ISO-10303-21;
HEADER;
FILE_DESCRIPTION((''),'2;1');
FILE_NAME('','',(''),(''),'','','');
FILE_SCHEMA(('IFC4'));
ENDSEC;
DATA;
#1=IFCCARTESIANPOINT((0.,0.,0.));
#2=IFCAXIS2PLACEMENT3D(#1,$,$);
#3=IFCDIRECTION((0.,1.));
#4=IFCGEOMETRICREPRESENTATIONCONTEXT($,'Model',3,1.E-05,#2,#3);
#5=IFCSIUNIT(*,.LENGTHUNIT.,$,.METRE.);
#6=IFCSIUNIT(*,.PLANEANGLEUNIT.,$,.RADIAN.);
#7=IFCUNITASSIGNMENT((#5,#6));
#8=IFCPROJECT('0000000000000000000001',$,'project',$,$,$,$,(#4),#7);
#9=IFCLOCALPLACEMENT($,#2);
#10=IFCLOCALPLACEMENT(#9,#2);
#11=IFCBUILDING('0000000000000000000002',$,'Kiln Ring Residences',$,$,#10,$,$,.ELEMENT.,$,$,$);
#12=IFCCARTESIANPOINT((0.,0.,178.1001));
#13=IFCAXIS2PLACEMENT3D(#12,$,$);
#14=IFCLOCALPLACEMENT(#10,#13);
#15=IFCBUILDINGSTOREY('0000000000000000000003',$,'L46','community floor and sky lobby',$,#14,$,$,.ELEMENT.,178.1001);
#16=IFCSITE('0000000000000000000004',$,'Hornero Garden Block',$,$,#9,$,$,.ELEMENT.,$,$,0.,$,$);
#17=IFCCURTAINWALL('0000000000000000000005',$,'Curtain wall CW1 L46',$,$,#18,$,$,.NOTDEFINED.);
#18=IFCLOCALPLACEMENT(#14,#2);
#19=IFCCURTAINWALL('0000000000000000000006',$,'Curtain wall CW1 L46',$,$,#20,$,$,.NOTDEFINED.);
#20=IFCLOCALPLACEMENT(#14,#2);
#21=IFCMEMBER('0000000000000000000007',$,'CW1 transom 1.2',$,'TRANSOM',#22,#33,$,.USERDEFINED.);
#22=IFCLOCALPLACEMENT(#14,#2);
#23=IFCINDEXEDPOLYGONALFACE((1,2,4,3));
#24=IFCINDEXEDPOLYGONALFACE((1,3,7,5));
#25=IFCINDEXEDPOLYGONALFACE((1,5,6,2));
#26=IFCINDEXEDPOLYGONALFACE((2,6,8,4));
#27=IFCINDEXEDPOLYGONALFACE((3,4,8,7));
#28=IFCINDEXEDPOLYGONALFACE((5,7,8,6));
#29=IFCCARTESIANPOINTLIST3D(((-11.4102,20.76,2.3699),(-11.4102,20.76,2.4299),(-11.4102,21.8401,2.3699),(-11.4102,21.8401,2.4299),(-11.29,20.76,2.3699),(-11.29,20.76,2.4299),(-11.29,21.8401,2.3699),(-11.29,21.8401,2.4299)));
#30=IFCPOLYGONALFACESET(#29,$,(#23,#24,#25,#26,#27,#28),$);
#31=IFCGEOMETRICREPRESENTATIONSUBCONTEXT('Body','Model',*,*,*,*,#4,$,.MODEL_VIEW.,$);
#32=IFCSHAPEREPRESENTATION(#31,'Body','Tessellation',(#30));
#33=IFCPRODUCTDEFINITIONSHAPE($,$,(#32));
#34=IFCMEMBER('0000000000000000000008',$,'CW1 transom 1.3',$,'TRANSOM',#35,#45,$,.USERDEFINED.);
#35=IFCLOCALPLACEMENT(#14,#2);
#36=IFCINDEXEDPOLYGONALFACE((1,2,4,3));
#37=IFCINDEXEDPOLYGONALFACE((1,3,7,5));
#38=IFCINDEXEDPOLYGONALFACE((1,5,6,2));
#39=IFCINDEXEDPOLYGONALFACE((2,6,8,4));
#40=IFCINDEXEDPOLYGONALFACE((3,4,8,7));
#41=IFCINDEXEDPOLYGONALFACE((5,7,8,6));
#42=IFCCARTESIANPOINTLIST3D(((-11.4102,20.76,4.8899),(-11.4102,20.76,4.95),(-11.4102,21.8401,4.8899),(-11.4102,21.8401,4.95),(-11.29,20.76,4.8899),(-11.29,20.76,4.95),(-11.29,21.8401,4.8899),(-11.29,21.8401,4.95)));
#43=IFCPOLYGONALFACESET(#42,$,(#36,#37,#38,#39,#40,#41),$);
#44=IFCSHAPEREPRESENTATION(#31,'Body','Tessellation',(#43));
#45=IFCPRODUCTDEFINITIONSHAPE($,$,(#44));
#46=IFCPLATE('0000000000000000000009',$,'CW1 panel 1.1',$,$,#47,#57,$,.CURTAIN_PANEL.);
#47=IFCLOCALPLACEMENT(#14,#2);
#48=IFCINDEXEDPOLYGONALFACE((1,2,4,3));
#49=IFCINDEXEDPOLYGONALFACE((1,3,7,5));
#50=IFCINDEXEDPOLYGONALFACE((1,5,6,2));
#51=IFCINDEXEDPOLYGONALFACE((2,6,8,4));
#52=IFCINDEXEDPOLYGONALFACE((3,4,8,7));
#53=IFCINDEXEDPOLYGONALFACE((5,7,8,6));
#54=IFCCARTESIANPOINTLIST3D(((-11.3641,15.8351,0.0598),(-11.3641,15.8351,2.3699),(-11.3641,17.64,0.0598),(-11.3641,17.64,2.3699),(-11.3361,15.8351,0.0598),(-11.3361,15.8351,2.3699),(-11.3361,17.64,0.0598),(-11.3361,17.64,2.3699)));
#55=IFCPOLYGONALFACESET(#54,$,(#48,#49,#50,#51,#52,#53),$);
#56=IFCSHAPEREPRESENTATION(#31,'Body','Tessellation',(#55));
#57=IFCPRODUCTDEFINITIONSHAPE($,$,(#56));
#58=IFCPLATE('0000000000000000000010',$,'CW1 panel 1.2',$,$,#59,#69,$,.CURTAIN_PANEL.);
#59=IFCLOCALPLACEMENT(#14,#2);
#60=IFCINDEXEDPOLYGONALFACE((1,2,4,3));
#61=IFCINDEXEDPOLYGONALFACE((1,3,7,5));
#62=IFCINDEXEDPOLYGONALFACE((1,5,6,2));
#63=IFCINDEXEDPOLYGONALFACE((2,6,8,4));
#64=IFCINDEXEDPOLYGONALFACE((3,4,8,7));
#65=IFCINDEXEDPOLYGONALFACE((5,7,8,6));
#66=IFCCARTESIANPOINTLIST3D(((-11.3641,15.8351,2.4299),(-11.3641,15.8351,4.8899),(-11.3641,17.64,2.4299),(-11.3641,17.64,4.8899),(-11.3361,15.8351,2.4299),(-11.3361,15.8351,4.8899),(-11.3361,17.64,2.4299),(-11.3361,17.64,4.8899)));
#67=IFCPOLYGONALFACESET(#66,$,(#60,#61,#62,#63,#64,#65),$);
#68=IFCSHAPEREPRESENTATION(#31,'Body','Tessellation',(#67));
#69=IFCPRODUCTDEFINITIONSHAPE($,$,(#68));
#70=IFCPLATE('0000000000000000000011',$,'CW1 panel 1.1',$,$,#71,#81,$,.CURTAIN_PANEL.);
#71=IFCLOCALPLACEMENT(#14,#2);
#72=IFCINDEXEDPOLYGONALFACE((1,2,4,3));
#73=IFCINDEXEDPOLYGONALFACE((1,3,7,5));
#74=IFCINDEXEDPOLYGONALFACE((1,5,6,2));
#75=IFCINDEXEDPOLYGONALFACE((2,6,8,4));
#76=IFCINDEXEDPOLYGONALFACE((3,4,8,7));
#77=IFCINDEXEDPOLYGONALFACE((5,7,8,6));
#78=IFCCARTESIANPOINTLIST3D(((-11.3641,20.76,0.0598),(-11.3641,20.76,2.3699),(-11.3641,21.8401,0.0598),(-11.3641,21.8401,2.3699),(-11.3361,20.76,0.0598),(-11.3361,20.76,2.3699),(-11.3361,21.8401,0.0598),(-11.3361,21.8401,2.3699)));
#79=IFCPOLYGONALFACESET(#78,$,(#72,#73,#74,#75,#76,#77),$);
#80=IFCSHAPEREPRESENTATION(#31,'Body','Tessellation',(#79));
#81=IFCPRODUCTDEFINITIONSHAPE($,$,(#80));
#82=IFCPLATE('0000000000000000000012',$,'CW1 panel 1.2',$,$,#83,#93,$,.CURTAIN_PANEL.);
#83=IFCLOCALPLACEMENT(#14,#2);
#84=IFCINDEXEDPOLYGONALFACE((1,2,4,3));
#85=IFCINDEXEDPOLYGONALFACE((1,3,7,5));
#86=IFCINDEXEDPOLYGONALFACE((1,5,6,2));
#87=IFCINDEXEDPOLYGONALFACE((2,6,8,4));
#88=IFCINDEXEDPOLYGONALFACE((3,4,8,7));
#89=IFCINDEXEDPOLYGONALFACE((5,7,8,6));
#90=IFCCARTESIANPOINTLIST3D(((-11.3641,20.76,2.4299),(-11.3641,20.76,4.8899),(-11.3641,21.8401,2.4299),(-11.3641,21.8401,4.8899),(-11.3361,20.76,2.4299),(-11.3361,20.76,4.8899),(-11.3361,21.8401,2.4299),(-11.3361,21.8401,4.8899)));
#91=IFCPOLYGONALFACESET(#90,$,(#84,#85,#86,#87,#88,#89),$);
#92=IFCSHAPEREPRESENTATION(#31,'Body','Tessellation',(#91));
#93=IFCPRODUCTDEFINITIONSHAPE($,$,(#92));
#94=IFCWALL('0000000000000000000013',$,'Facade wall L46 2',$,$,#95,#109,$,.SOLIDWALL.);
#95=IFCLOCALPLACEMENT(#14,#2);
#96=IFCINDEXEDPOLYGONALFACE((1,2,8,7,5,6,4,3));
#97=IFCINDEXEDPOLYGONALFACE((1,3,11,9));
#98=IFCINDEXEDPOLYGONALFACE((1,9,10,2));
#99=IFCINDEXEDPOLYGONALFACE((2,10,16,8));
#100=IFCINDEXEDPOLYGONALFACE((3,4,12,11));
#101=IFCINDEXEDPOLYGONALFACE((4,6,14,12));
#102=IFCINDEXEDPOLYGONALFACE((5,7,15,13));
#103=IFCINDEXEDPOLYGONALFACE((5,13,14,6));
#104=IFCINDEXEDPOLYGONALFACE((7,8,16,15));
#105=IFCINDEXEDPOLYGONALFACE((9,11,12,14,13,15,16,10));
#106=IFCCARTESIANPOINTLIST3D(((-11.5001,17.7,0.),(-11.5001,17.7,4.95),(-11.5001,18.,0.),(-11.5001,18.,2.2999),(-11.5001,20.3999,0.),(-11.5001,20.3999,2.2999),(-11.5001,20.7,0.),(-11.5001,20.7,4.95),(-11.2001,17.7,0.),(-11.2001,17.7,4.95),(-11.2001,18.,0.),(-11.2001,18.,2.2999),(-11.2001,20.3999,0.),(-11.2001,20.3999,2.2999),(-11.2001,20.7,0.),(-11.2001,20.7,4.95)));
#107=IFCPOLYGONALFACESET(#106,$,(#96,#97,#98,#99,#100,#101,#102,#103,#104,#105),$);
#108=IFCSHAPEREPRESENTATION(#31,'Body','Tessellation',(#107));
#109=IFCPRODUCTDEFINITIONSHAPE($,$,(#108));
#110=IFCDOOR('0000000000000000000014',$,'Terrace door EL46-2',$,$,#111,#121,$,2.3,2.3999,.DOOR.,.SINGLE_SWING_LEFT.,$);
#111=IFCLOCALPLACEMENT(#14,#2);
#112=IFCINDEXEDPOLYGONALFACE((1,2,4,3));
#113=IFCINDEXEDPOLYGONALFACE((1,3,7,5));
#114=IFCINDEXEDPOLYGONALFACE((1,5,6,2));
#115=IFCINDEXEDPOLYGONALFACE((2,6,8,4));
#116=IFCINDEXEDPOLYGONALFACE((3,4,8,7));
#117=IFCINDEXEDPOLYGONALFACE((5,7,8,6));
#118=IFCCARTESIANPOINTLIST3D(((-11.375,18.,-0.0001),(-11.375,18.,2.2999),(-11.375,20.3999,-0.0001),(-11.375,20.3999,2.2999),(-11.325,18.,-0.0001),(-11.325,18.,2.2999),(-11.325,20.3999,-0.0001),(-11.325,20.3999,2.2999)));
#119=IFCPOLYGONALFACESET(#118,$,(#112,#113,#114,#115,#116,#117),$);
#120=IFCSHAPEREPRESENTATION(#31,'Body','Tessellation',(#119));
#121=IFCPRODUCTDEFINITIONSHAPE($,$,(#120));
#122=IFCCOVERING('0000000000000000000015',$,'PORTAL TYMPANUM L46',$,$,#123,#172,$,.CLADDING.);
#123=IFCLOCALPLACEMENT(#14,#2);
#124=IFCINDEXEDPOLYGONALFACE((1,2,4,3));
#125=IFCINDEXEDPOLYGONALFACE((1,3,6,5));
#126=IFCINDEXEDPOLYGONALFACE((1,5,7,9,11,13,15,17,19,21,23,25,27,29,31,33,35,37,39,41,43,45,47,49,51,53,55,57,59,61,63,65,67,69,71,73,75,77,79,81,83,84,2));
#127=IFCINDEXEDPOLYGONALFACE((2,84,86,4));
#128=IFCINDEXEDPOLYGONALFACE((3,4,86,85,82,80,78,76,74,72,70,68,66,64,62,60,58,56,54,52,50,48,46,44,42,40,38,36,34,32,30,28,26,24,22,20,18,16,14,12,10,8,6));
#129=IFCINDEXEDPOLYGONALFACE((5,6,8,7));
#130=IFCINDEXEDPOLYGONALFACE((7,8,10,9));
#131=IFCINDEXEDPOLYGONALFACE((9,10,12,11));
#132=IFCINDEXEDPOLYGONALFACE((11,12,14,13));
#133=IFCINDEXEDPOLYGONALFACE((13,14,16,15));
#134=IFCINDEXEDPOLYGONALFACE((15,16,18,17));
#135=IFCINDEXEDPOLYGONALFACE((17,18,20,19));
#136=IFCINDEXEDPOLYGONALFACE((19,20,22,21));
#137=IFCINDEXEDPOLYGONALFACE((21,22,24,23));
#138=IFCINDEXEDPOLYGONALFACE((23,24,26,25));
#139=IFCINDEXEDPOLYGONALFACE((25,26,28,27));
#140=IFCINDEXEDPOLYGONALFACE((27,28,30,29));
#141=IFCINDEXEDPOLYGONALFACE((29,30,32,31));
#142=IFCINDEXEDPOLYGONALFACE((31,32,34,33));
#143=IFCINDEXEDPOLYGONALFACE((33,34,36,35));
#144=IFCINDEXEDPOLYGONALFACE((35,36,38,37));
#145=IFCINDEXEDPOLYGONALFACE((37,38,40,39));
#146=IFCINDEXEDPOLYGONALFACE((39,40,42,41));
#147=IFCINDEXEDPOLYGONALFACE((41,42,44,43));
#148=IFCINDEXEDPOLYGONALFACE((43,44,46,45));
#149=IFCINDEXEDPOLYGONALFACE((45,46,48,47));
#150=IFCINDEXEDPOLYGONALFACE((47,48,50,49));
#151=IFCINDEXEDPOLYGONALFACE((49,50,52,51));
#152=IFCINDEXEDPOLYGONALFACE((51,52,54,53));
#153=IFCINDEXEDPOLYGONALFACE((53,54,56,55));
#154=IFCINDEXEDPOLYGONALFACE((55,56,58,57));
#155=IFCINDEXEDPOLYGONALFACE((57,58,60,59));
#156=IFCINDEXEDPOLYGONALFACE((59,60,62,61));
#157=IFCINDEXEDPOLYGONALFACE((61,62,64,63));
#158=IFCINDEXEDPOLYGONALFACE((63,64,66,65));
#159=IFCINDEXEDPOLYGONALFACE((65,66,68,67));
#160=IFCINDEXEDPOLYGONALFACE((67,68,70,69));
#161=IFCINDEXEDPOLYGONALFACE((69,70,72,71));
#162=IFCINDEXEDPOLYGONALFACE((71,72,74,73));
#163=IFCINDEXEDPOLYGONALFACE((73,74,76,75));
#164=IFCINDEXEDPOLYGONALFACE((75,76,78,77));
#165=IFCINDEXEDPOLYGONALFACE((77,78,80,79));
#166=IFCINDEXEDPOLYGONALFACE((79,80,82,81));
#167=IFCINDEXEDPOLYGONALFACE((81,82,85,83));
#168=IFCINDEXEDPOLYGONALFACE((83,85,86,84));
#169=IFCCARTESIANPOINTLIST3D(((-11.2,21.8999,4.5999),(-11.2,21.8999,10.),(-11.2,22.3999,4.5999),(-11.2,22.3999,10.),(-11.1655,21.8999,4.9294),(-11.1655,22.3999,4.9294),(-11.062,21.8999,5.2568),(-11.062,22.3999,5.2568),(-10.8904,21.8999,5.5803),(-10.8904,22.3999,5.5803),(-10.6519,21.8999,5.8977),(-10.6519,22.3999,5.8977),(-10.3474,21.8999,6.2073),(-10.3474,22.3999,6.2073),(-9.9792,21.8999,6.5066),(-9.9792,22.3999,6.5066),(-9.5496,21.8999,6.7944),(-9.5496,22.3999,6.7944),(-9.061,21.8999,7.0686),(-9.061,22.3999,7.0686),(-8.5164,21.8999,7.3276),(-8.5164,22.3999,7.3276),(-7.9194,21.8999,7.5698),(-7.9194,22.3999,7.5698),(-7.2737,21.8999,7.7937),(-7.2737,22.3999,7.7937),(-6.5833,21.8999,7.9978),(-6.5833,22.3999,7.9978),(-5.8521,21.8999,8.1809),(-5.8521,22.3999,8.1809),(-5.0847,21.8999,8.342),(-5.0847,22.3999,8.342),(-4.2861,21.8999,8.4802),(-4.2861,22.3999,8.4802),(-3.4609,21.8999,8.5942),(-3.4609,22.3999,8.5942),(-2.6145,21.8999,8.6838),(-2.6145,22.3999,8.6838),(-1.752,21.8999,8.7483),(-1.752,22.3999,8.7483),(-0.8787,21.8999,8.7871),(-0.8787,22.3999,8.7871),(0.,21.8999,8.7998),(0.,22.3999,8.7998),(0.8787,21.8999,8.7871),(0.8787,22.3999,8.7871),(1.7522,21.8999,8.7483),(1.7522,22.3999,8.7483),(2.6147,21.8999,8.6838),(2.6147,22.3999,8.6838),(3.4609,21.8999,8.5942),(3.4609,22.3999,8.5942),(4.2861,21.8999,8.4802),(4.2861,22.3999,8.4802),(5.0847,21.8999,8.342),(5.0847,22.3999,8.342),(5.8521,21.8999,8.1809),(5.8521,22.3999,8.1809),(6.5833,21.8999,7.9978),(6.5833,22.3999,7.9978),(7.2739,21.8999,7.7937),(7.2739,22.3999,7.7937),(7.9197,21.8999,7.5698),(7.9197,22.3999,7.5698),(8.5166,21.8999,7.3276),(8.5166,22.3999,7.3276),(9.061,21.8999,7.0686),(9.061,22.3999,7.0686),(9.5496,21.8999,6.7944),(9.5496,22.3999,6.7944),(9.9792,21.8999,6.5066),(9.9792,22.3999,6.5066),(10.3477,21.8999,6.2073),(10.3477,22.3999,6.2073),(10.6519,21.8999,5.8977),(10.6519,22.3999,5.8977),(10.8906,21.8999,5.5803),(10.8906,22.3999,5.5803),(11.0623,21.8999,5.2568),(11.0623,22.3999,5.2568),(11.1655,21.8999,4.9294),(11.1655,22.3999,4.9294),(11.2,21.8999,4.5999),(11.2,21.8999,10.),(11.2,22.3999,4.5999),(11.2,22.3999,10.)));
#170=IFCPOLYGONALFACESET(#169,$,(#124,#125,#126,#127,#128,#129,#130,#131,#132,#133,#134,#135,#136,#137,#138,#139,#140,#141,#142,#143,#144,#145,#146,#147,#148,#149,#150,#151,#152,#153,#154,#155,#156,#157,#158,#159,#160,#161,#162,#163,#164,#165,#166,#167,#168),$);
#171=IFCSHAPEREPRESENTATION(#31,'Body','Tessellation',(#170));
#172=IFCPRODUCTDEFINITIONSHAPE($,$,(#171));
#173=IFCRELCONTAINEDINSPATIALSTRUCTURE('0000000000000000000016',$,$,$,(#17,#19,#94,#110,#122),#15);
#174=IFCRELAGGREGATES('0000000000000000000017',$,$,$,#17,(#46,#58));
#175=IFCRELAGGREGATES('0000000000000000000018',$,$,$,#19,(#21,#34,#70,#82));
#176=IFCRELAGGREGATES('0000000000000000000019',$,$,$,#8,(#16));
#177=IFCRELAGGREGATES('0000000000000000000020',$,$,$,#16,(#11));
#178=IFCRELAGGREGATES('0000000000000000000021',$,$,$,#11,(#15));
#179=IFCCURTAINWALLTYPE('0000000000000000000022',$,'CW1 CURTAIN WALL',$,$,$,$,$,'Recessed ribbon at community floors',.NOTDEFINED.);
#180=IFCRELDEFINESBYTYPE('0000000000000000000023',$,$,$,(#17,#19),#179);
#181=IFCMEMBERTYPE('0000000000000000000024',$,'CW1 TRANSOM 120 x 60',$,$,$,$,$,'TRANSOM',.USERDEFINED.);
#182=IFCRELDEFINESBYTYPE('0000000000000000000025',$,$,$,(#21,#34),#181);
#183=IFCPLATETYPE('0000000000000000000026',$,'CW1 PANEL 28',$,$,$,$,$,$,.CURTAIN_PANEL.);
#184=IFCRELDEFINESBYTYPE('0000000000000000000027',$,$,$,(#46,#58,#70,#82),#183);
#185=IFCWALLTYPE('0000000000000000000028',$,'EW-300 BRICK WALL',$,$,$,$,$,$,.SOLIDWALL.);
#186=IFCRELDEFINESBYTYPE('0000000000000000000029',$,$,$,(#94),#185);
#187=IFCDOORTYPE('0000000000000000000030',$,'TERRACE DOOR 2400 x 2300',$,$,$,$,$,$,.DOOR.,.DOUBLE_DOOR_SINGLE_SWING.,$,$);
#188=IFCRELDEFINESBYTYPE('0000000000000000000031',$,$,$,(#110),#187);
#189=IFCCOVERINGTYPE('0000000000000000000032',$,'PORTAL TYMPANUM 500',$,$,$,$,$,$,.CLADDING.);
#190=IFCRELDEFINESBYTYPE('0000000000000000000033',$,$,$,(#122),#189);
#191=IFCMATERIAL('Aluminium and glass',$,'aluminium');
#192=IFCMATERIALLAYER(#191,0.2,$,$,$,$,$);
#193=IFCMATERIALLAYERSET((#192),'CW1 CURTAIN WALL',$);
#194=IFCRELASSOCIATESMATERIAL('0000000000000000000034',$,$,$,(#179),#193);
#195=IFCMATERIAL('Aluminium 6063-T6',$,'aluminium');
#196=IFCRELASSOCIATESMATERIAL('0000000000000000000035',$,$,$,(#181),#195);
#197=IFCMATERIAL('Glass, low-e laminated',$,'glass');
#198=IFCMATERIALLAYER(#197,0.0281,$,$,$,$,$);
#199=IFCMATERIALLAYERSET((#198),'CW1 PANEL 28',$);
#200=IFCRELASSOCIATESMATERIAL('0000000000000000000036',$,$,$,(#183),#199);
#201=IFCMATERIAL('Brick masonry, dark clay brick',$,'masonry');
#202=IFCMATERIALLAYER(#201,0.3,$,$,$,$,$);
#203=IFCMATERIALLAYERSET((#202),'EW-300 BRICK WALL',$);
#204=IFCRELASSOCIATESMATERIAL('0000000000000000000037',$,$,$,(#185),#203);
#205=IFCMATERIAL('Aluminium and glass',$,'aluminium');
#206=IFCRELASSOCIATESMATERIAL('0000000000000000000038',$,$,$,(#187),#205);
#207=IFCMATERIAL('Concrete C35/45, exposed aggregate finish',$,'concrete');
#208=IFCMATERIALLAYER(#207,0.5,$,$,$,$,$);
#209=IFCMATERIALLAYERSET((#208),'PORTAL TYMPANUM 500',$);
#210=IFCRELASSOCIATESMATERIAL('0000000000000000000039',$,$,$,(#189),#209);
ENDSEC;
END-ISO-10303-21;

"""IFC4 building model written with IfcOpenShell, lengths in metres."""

from ifc_helpers import new_model, si_unit, direction, frame, frame_2d, origin, origin_2d, place, context, subcontext, project, spatial, polyline, rectangle, outline, extrude, material, layer, layer_set, material_profile, profile_set, type_object, element, fill, aggregate, save


model = new_model("IFC4")

# Units and contexts
model_context = context("Model", 3, precision=1e-05, world=origin(), true_north=direction((0.0, 1.0)))
body_context = subcontext(model_context, "Body", "Model", "MODEL_VIEW")
ifc_project = project(units=[si_unit("LENGTHUNIT", "METRE"), si_unit("PLANEANGLEUNIT", "RADIAN")], contexts=[model_context])

# Site, building, storey
site_placement = place(None, origin())
site = spatial("IfcSite", under=ifc_project, at=site_placement, Name="Hornero Garden Block", CompositionType="ELEMENT", RefElevation=0.0)
building_placement = place(site_placement, origin())
building = spatial("IfcBuilding", under=site, at=building_placement, Name="Kiln Ring Residences", CompositionType="ELEMENT")
storey_placement = place(building_placement, frame((0.0, 0.0, 178.1001)))
storey = spatial("IfcBuildingStorey", under=building, at=storey_placement, Name="L46", Description="community floor and sky lobby", CompositionType="ELEMENT", Elevation=178.1001)

# Shared definitions
ifc_material_1 = material(Name="Aluminium and glass", Category="aluminium")
ifc_layer_1 = layer(ifc_material_1, 0.2)
ifc_layer_set_1 = layer_set([ifc_layer_1], Name="CW1 CURTAIN WALL")
curtain_wall_type = type_object("IfcCurtainWallType", Name="CW1 CURTAIN WALL", ElementType="Recessed ribbon at community floors", PredefinedType="NOTDEFINED", material=ifc_layer_set_1)
placement = place(storey_placement, origin())

# Curtain walls
curtain_wall_1 = element("IfcCurtainWall", 1, at=placement, inside=storey, type_object=curtain_wall_type, Name="Curtain wall CW1 L46", PredefinedType="NOTDEFINED")
curtain_wall_2 = element("IfcCurtainWall", 2, at=placement, inside=storey, type_object=curtain_wall_type, Name="Curtain wall CW1 L46", PredefinedType="NOTDEFINED")

# Members
ifc_material_2 = material(Name="Aluminium 6063-T6", Category="aluminium")
ifc_material_profile_1 = material_profile(ifc_material_2, rectangle(XDim=0.1201, YDim=0.0601, at=origin_2d()), Name="AL 120x60")
ifc_profile_set_1 = profile_set([ifc_material_profile_1], Name="Aluminium 6063-T6")
member_type_1 = type_object("IfcMemberType", Name="CW1 TRANSOM 120 x 60", ElementType="TRANSOM", PredefinedType="USERDEFINED", material=ifc_profile_set_1)
member_1_placement = place(storey_placement, frame((-11.3501, 20.76, 2.3999), z_axis=(0.0, 1.0, 0.0), x_axis=(-1.0, 0.0, 0.0)))
member_1 = element("IfcMember", 3, at=member_1_placement, type_object=member_type_1, Name="CW1 transom 1.2", ObjectType="TRANSOM", PredefinedType="USERDEFINED", context=body_context, shape_type="SweptSolid", body=[
    extrude(rectangle(XDim=0.1201, YDim=0.0601, at=origin_2d()), origin(), (0.0, 0.0, 1.0), 1.0801),
])
member_2_placement = place(storey_placement, frame((-11.3501, 20.76, 4.9199), z_axis=(0.0, 1.0, 0.0), x_axis=(-1.0, 0.0, 0.0)))
member_2 = element("IfcMember", 4, at=member_2_placement, type_object=member_type_1, Name="CW1 transom 1.3", ObjectType="TRANSOM", PredefinedType="USERDEFINED", context=body_context, shape_type="SweptSolid", body=[
    extrude(rectangle(XDim=0.1201, YDim=0.0601, at=origin_2d()), origin(), (0.0, 0.0, 1.0), 1.0801),
])

# Plates
ifc_material_3 = material(Name="Glass, low-e laminated", Category="glass")
ifc_layer_2 = layer(ifc_material_3, 0.0281)
ifc_layer_set_2 = layer_set([ifc_layer_2], Name="CW1 PANEL 28")
plate_type = type_object("IfcPlateType", Name="CW1 PANEL 28", PredefinedType="CURTAIN_PANEL", material=ifc_layer_set_2)
plate_1_placement = place(storey_placement, frame((-11.3501, 16.7375, 0.0598), z_axis=(0.0, 0.0, 1.0), x_axis=(0.0, 1.0, 0.0)))
plate_1 = element("IfcPlate", 5, at=plate_1_placement, type_object=plate_type, Name="CW1 panel 1.1", PredefinedType="CURTAIN_PANEL", context=body_context, shape_type="SweptSolid", body=[
    extrude(rectangle(XDim=1.8049, YDim=0.0281, at=origin_2d()), origin(), (0.0, 0.0, 1.0), 2.3101),
])
plate_2_placement = place(storey_placement, frame((-11.3501, 16.7375, 2.4299), z_axis=(0.0, 0.0, 1.0), x_axis=(0.0, 1.0, 0.0)))
plate_2 = element("IfcPlate", 6, at=plate_2_placement, type_object=plate_type, Name="CW1 panel 1.2", PredefinedType="CURTAIN_PANEL", context=body_context, shape_type="SweptSolid", body=[
    extrude(rectangle(XDim=1.8049, YDim=0.0281, at=origin_2d()), origin(), (0.0, 0.0, 1.0), 2.46),
])
aggregate(curtain_wall_1, [plate_1, plate_2])
plate_3_placement = place(storey_placement, frame((-11.3501, 21.3, 0.0598), z_axis=(0.0, 0.0, 1.0), x_axis=(0.0, 1.0, 0.0)))
plate_3 = element("IfcPlate", 7, at=plate_3_placement, type_object=plate_type, Name="CW1 panel 1.1", PredefinedType="CURTAIN_PANEL", context=body_context, shape_type="SweptSolid", body=[
    extrude(rectangle(XDim=1.0801, YDim=0.0281, at=origin_2d()), origin(), (0.0, 0.0, 1.0), 2.3101),
])
plate_4_placement = place(storey_placement, frame((-11.3501, 21.3, 2.4299), z_axis=(0.0, 0.0, 1.0), x_axis=(0.0, 1.0, 0.0)))
plate_4 = element("IfcPlate", 8, at=plate_4_placement, type_object=plate_type, Name="CW1 panel 1.2", PredefinedType="CURTAIN_PANEL", context=body_context, shape_type="SweptSolid", body=[
    extrude(rectangle(XDim=1.0801, YDim=0.0281, at=origin_2d()), origin(), (0.0, 0.0, 1.0), 2.46),
])
aggregate(curtain_wall_2, [member_1, member_2, plate_3, plate_4])

# Wall, opening, door
ifc_material_4 = material(Name="Brick masonry, dark clay brick", Category="masonry")
ifc_layer_3 = layer(ifc_material_4, 0.3)
ifc_layer_set_3 = layer_set([ifc_layer_3], Name="EW-300 BRICK WALL")
wall_type = type_object("IfcWallType", Name="EW-300 BRICK WALL", PredefinedType="SOLIDWALL", material=ifc_layer_set_3)
wall_placement = place(storey_placement, frame((-11.3501, 17.7, 0.0), z_axis=(0.0, 0.0, 1.0), x_axis=(0.0, 1.0, 0.0)))
wall = element("IfcWall", 9, at=wall_placement, inside=storey, type_object=wall_type, Name="Facade wall L46 2", PredefinedType="SOLIDWALL", context=body_context, shape_type="SweptSolid", body=[
    extrude(rectangle(XDim=3.0, YDim=0.3, at=frame_2d((1.5, 0.0))), origin(), (0.0, 0.0, 1.0), 4.95),
])
opening_placement = place(wall_placement, frame((0.3, 0.0, 0.0)))
opening = element("IfcOpeningElement", 10, at=opening_placement, cuts=wall, PredefinedType="OPENING", context=body_context, shape_type="SweptSolid", body=[
    extrude(rectangle(XDim=2.3999, YDim=2.3, at=frame_2d((1.2, 1.1499))), frame((0.0, 0.1599, 0.0), z_axis=(0.0, -1.0, 0.0), x_axis=(1.0, 0.0, 0.0)), (0.0, 0.0, 1.0), 0.3201),
])
ifc_material_5 = material(Name="Aluminium and glass", Category="aluminium")
door_type = type_object("IfcDoorType", Name="TERRACE DOOR 2400 x 2300", OperationType="DOUBLE_DOOR_SINGLE_SWING", PredefinedType="DOOR", material=ifc_material_5)
door_placement = place(opening_placement, origin())
door = element("IfcDoor", 11, at=door_placement, inside=storey, type_object=door_type, Name="Terrace door EL46-2", OperationType="SINGLE_SWING_LEFT", OverallHeight=2.3, OverallWidth=2.3999, PredefinedType="DOOR", context=body_context, shape_type="SweptSolid", body=[
    extrude(rectangle(XDim=2.3999, YDim=2.3, at=frame_2d((1.2, 1.1499))), frame((0.0, 0.0249, 0.0), z_axis=(0.0, -1.0, 0.0), x_axis=(1.0, 0.0, 0.0)), (0.0, 0.0, 1.0), 0.05),
])
fill(opening, door)

# Covering
ifc_material_6 = material(Name="Concrete C35/45, exposed aggregate finish", Category="concrete")
ifc_layer_4 = layer(ifc_material_6, 0.5)
ifc_layer_set_4 = layer_set([ifc_layer_4], Name="PORTAL TYMPANUM 500")
covering_type_1 = type_object("IfcCoveringType", Name="PORTAL TYMPANUM 500", PredefinedType="CLADDING", material=ifc_layer_set_4)
covering_1_placement = place(storey_placement, frame((-11.2, 22.1499, 4.5999), z_axis=(0.0, 0.0, 1.0), x_axis=(1.0, 0.0, 0.0)))
element("IfcCovering", 12, at=covering_1_placement, inside=storey, type_object=covering_type_1, Name="PORTAL TYMPANUM L46", PredefinedType="CLADDING", context=body_context, shape_type="SweptSolid", body=[
    extrude(outline(polyline([(0.0, 0.0), (0.0, 5.4001), (22.3999, 5.4001), (22.3999, 0.0), (22.3655, 0.3296), (22.2622, 0.657), (22.0906, 0.9805), (21.8518, 1.2979), (21.5476, 1.6074), (21.1792, 1.9067), (20.7495, 2.1946), (20.261, 2.4688), (19.7166, 2.7278), (19.1196, 2.97), (18.4739, 3.1938), (17.7832, 3.3979), (17.052, 3.5811), (16.2847, 3.7422), (15.4861, 3.8804), (14.6609, 3.9944), (13.8147, 4.084), (12.9521, 4.1484), (12.0786, 4.1873), (11.2, 4.2), (10.3213, 4.1873), (9.448, 4.1484), (8.5854, 4.084), (7.739, 3.9944), (6.9138, 3.8804), (6.1152, 3.7422), (5.3479, 3.5811), (4.6167, 3.3979), (3.9263, 3.1938), (3.2805, 2.97), (2.6836, 2.7278), (2.1389, 2.4688), (1.6504, 2.1946), (1.2207, 1.9067), (0.8525, 1.6074), (0.5481, 1.2979), (0.3096, 0.9805), (0.1379, 0.657), (0.0344, 0.3296), (0.0, 0.0)])), frame((0.0, 0.25, 0.0), z_axis=(0.0, -1.0, 0.0), x_axis=(1.0, 0.0, 0.0)), (0.0, 0.0, 1.0), 0.5),
])

save(model, "model.ifc")
